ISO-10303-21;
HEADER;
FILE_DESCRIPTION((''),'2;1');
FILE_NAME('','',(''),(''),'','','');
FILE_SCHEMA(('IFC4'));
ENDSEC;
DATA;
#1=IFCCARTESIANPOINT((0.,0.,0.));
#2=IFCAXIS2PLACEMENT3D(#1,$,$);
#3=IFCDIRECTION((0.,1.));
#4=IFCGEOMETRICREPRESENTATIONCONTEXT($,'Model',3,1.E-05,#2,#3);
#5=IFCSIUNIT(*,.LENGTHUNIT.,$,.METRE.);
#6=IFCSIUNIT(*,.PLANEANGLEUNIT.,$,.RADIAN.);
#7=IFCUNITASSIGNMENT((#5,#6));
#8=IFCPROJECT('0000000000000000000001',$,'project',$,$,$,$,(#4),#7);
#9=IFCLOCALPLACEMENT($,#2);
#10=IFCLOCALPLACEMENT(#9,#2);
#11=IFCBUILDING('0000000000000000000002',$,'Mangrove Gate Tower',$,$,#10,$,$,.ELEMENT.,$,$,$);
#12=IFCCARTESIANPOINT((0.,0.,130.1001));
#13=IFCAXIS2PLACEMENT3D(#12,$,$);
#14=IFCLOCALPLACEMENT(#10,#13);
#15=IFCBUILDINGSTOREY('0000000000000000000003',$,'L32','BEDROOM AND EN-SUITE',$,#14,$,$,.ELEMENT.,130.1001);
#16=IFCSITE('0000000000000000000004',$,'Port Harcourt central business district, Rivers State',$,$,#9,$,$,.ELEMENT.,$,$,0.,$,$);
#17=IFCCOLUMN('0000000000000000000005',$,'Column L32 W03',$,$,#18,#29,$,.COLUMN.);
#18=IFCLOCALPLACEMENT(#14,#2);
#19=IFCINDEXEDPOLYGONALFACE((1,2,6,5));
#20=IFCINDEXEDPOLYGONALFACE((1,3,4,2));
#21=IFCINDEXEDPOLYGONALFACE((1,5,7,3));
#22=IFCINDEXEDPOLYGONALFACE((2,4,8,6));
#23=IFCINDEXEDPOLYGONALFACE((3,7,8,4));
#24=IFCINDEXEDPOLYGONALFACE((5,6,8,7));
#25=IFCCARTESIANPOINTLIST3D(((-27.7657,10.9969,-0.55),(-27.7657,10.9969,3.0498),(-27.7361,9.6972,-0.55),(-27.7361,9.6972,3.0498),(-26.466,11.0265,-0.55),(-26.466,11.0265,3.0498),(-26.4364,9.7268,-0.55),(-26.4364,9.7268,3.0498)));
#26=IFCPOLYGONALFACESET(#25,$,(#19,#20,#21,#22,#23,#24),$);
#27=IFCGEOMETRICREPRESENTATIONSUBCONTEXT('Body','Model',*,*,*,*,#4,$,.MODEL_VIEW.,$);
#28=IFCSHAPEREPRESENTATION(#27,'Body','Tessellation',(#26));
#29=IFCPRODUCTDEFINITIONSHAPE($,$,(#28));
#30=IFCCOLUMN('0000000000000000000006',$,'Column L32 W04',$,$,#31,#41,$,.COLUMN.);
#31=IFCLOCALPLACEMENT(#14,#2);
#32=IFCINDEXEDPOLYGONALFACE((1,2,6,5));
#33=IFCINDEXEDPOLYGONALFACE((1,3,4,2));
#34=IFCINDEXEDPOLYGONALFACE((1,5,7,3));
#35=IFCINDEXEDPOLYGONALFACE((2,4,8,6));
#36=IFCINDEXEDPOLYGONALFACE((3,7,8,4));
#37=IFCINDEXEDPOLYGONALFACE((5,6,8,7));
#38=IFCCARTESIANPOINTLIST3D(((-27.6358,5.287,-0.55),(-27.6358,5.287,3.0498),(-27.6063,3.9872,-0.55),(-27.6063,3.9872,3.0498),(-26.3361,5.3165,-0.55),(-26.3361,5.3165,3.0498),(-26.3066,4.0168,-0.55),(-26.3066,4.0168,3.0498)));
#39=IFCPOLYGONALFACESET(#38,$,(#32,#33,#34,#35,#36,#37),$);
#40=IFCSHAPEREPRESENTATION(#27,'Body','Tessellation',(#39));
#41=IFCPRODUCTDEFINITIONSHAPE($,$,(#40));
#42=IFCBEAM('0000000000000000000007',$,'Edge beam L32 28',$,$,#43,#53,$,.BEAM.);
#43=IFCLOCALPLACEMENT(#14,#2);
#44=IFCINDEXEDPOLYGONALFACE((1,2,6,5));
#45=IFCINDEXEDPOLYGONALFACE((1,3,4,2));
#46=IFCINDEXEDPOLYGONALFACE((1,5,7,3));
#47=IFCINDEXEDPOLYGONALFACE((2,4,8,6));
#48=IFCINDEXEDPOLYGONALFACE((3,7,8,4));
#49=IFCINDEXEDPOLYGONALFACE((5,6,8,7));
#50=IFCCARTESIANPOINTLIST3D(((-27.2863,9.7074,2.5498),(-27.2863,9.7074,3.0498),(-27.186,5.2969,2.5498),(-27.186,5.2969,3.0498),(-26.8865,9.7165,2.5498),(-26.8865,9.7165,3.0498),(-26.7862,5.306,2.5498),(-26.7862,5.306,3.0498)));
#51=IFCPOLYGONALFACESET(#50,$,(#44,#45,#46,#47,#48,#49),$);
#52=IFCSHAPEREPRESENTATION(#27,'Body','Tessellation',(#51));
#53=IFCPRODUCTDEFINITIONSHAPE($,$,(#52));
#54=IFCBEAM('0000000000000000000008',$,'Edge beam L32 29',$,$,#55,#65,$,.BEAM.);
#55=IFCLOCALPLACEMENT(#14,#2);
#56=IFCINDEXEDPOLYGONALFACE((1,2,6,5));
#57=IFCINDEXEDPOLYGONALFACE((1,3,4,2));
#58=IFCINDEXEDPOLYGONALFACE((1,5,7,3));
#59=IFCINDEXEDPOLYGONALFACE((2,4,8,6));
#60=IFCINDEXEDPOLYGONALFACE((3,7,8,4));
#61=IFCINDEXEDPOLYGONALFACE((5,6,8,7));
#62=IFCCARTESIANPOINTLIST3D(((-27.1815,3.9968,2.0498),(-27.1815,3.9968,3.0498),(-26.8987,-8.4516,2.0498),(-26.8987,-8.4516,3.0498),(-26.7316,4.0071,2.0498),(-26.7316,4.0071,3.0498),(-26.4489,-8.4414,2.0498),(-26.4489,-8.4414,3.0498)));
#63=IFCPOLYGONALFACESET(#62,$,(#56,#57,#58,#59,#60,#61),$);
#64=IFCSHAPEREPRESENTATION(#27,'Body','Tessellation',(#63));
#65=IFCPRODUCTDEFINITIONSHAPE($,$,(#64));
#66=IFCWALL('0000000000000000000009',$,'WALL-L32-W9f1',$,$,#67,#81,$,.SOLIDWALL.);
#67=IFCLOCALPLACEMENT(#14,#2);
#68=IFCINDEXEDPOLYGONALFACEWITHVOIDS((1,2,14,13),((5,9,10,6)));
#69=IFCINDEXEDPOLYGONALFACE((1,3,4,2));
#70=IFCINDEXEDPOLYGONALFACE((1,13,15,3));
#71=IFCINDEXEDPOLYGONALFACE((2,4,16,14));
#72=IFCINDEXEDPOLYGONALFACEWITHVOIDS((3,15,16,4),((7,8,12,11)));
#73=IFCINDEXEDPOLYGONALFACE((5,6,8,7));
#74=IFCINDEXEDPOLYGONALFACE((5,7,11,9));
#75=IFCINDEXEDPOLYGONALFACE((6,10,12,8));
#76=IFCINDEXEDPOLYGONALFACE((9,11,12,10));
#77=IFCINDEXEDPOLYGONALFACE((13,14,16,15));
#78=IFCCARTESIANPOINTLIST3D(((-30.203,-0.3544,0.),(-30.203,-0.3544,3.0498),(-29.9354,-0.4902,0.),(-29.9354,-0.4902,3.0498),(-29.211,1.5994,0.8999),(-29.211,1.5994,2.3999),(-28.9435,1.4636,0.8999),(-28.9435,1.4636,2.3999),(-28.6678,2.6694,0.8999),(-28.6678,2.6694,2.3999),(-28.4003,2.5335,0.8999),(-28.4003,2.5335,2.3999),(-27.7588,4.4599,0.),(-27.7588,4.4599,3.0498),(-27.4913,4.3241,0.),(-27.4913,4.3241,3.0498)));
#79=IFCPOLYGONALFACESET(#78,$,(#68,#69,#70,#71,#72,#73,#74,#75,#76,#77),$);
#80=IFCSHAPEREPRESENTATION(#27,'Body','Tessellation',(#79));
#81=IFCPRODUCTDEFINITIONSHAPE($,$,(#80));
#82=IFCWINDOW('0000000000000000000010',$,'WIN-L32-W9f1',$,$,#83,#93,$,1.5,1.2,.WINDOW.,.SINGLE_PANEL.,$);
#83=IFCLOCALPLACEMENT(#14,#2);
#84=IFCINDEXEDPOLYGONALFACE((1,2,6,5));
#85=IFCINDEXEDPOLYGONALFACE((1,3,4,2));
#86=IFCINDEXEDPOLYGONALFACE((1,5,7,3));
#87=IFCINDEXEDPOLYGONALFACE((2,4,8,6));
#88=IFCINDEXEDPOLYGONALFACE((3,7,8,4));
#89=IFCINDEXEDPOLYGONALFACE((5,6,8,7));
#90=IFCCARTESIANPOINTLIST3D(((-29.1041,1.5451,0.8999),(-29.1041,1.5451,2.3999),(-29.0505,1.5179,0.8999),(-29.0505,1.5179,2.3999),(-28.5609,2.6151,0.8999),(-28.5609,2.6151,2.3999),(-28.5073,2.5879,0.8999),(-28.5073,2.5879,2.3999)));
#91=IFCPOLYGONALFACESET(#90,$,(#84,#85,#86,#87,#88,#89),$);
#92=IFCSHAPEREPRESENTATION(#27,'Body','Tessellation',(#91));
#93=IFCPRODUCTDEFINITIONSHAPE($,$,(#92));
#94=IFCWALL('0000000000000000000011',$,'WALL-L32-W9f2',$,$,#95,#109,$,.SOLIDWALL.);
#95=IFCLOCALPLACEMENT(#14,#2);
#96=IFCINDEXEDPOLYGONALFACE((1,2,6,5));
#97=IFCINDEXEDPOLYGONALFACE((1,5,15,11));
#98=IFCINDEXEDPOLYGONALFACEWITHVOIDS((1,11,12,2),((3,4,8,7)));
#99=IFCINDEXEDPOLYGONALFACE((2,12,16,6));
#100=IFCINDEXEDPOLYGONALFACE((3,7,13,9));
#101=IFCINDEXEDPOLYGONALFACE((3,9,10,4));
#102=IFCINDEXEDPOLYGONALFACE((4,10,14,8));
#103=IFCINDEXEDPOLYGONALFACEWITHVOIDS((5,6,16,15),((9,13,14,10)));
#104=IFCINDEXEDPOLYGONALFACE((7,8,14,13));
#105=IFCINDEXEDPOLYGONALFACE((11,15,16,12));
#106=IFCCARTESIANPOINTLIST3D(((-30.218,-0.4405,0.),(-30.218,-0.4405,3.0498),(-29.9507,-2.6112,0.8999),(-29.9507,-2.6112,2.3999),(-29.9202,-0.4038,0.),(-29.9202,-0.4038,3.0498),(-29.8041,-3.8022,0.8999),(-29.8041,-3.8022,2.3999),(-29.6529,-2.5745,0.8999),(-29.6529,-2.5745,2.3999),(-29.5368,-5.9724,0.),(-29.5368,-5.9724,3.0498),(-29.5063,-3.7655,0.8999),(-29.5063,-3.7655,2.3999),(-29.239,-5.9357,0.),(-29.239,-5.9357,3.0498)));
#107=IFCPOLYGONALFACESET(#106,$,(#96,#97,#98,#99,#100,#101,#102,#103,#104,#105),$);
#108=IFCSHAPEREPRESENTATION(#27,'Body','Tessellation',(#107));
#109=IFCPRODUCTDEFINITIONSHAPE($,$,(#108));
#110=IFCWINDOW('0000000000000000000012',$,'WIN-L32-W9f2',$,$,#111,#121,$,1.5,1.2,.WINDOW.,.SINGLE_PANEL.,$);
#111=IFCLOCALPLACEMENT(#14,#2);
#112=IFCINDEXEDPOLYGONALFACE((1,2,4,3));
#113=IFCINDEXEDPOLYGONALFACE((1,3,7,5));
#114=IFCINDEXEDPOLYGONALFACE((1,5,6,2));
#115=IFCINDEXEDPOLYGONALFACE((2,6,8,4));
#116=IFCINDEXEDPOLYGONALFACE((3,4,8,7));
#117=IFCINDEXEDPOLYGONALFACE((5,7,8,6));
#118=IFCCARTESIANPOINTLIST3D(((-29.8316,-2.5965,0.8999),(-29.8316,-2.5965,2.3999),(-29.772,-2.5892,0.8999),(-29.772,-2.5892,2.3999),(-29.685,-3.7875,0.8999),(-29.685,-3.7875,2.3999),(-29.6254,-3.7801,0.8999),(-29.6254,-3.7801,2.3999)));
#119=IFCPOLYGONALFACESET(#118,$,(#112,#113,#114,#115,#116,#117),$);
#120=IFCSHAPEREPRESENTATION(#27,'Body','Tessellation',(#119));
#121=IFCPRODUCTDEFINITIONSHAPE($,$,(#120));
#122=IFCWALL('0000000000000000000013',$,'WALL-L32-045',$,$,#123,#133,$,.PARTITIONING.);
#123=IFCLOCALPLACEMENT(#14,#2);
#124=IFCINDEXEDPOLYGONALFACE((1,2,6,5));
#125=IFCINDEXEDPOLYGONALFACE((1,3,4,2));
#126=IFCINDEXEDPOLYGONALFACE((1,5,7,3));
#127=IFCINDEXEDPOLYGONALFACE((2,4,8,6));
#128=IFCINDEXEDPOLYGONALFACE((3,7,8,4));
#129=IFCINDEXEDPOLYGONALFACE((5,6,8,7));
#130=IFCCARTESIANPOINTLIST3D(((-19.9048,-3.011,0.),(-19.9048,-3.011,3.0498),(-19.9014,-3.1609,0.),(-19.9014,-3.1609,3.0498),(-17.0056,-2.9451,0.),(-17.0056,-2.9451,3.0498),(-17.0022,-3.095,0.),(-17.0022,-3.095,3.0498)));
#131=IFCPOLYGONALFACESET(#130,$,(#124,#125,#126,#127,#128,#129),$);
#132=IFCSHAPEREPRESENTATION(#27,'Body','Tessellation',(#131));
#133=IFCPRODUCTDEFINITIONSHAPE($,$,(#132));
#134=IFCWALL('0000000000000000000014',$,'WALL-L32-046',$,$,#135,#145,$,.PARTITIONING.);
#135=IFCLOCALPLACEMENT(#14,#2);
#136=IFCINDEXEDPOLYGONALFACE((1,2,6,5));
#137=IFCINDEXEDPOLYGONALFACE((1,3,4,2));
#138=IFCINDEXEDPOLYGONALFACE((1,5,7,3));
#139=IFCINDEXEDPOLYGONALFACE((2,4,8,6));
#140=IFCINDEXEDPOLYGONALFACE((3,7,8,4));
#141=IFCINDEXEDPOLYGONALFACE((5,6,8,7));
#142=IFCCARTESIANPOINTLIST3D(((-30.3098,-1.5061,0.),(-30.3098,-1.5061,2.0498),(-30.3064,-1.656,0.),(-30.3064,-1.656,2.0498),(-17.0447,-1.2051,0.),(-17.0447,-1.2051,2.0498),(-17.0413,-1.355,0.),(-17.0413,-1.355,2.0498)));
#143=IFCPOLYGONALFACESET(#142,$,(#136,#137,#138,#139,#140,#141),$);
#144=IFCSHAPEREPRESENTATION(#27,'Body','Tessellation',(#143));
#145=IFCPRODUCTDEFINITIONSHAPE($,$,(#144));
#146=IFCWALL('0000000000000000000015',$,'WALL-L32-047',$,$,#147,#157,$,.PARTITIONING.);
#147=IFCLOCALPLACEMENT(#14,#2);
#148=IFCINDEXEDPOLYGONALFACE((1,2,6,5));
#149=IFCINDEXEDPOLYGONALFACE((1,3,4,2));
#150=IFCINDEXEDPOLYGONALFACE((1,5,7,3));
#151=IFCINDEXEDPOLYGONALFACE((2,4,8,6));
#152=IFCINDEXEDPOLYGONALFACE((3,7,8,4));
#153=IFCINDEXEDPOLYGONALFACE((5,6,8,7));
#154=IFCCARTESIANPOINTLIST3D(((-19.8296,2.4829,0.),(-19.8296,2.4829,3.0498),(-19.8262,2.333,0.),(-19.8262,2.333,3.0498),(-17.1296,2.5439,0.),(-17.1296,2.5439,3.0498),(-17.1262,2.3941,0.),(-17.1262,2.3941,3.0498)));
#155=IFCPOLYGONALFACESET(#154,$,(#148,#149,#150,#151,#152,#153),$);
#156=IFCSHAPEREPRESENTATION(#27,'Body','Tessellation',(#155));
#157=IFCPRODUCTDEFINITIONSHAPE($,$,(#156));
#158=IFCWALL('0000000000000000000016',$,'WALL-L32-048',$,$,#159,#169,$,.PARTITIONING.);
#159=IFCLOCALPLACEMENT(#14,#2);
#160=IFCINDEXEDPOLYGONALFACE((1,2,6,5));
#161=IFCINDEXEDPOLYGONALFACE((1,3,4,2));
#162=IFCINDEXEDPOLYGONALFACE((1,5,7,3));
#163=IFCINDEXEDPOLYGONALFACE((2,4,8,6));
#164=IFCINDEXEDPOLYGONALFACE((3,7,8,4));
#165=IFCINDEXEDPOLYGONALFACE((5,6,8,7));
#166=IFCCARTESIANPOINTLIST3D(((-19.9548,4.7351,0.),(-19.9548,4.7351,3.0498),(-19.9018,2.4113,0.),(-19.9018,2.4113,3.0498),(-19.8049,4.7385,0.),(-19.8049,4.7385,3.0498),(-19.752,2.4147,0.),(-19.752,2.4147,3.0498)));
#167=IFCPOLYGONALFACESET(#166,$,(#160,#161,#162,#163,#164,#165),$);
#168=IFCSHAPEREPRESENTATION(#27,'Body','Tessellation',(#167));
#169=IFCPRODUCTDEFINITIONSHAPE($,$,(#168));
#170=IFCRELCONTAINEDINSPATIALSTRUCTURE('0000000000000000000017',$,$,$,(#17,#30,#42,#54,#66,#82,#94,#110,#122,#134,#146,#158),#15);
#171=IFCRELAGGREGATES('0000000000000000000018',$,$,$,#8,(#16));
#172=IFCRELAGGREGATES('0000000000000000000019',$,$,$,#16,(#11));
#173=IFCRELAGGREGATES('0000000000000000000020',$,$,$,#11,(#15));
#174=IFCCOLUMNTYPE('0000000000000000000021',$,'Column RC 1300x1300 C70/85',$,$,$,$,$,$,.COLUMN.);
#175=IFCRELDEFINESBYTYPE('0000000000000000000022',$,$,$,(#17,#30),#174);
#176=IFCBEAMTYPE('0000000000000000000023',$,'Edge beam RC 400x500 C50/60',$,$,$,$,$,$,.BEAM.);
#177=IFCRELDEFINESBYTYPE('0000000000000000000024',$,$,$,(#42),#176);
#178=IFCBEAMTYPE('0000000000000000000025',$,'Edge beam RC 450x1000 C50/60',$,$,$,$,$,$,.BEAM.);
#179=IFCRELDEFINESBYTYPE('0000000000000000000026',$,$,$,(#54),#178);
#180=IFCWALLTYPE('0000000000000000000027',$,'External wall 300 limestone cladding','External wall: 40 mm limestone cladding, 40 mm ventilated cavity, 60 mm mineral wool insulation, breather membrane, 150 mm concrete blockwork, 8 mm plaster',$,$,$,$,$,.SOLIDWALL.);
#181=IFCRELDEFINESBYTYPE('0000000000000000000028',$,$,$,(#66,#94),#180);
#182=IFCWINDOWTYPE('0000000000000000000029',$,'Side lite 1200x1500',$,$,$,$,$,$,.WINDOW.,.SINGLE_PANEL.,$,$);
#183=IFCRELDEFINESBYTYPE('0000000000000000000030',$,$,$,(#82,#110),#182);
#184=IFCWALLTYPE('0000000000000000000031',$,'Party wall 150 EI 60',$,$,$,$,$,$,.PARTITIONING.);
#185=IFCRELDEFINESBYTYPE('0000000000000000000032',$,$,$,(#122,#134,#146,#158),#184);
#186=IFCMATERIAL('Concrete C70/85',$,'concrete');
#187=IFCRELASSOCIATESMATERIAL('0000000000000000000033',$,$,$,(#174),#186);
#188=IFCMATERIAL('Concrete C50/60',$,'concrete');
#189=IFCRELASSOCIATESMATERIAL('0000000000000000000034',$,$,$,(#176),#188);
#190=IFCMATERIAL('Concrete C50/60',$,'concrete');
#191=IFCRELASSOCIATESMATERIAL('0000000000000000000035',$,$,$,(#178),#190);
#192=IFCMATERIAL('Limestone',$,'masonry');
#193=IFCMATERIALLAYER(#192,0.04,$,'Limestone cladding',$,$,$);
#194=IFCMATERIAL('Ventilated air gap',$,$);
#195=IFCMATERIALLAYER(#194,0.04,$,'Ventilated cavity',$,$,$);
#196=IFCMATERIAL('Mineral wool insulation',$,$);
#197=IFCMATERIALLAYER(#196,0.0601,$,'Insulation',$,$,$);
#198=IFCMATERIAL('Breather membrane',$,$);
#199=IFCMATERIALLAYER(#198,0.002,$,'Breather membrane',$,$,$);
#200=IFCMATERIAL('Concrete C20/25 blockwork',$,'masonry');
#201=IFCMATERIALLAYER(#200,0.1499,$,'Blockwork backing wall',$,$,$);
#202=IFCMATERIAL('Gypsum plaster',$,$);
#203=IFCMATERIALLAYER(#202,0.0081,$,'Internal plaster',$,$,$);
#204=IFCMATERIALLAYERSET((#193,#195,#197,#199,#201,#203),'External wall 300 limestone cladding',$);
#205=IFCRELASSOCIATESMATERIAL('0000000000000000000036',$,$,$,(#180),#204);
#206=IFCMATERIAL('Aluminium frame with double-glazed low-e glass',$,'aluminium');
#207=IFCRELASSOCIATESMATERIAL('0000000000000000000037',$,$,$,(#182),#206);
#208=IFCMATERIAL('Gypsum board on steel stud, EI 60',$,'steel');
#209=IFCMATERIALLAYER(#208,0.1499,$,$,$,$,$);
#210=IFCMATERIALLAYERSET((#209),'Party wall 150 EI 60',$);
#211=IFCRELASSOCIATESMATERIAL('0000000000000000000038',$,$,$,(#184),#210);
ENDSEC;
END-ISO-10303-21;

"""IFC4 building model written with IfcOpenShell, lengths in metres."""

from ifc_helpers import new_model, si_unit, direction, frame, frame_2d, origin, origin_2d, place, context, subcontext, project, spatial, rectangle, extrude, material, layer, layer_set, material_profile, profile_set, type_object, element, fill, save


model = new_model("IFC4")

# Units and contexts
model_context = context("Model", 3, precision=1e-05, world=origin(), true_north=direction((0.0, 1.0)))
body_context = subcontext(model_context, "Body", "Model", "MODEL_VIEW")
ifc_project = project(units=[si_unit("LENGTHUNIT", "METRE"), si_unit("PLANEANGLEUNIT", "RADIAN")], contexts=[model_context])

# Site, building, storey
site_placement = place(None, origin())
site = spatial("IfcSite", under=ifc_project, at=site_placement, Name="Port Harcourt central business district, Rivers State", CompositionType="ELEMENT", RefElevation=0.0)
building_placement = place(site_placement, origin())
building = spatial("IfcBuilding", under=site, at=building_placement, Name="Mangrove Gate Tower", CompositionType="ELEMENT")
storey_placement = place(building_placement, frame((0.0, 0.0, 130.1001)))
storey = spatial("IfcBuildingStorey", under=building, at=storey_placement, Name="L32", Description="BEDROOM AND EN-SUITE", CompositionType="ELEMENT", Elevation=130.1001)

# Columns
ifc_material_1 = material(Name="Concrete C70/85", Category="concrete")
ifc_material_profile_1 = material_profile(ifc_material_1, rectangle(XDim=1.3, YDim=1.3, at=origin_2d()))
ifc_profile_set_1 = profile_set([ifc_material_profile_1], Name="Concrete C70/85")
column_type = type_object("IfcColumnType", Name="Column RC 1300x1300 C70/85", PredefinedType="COLUMN", material=ifc_profile_set_1)
for number, where, z_axis, x_axis, name in (
    (1, (-27.1011, 10.3618, -0.55), (0.0, 0.0, 1.0), (0.022759, -0.999741, 0.0), "Column L32 W03"),
    (2, (-26.9712, 4.6519, -0.55), (0.0, 0.0, 1.0), (0.02271, -0.999742, 0.0), "Column L32 W04"),
):
    element("IfcColumn", number, at=place(storey_placement, frame(where, z_axis=z_axis, x_axis=x_axis)), inside=storey, type_object=column_type, Name=name, PredefinedType="COLUMN", context=body_context, shape_type="SweptSolid", body=[
        extrude(rectangle(XDim=1.3, YDim=1.3, at=origin_2d()), origin(), (0.0, 0.0, 1.0), 3.5999),
    ])

# Beams
ifc_material_2 = material(Name="Concrete C50/60", Category="concrete")
ifc_material_profile_2 = material_profile(ifc_material_2, rectangle(XDim=0.3999, YDim=0.5, at=origin_2d()))
ifc_profile_set_2 = profile_set([ifc_material_profile_2], Name="Concrete C50/60")
beam_type_1 = type_object("IfcBeamType", Name="Edge beam RC 400x500 C50/60", PredefinedType="BEAM", material=ifc_profile_set_2)
beam_1_placement = place(storey_placement, frame((-27.0864, 9.7119, 2.7998), z_axis=(0.022745, -0.999741, 0.0), x_axis=(0.999741, 0.022745, 0.0)))
element("IfcBeam", 3, at=beam_1_placement, inside=storey, type_object=beam_type_1, Name="Edge beam L32 28", PredefinedType="BEAM", context=body_context, shape_type="SweptSolid", body=[
    extrude(rectangle(XDim=0.3999, YDim=0.5, at=origin_2d()), origin(), (0.0, 0.0, 1.0), 4.4116),
])
ifc_material_3 = material(Name="Concrete C50/60", Category="concrete")
ifc_material_profile_3 = material_profile(ifc_material_3, rectangle(XDim=0.45, YDim=1.0, at=origin_2d()))
ifc_profile_set_3 = profile_set([ifc_material_profile_3], Name="Concrete C50/60")
beam_type_2 = type_object("IfcBeamType", Name="Edge beam RC 450x1000 C50/60", PredefinedType="BEAM", material=ifc_profile_set_3)
beam_2_placement = place(storey_placement, frame((-26.9565, 4.002, 2.5498), z_axis=(0.022705, -0.999742, 0.0), x_axis=(0.999742, 0.022705, 0.0)))
element("IfcBeam", 4, at=beam_2_placement, inside=storey, type_object=beam_type_2, Name="Edge beam L32 29", PredefinedType="BEAM", context=body_context, shape_type="SweptSolid", body=[
    extrude(rectangle(XDim=0.45, YDim=1.0, at=origin_2d()), origin(), (0.0, 0.0, 1.0), 12.4517),
])

# Walls, openings, windows
ifc_material_4 = material(Name="Limestone", Category="masonry")
ifc_layer_1 = layer(ifc_material_4, 0.04, Name="Limestone cladding")
ifc_material_5 = material(Name="Ventilated air gap")
ifc_layer_2 = layer(ifc_material_5, 0.04, Name="Ventilated cavity")
ifc_material_6 = material(Name="Mineral wool insulation")
ifc_layer_3 = layer(ifc_material_6, 0.0601, Name="Insulation")
ifc_material_7 = material(Name="Breather membrane")
ifc_layer_4 = layer(ifc_material_7, 0.002, Name="Breather membrane")
ifc_material_8 = material(Name="Concrete C20/25 blockwork", Category="masonry")
ifc_layer_5 = layer(ifc_material_8, 0.1499, Name="Blockwork backing wall")
ifc_material_9 = material(Name="Gypsum plaster")
ifc_layer_6 = layer(ifc_material_9, 0.0081, Name="Internal plaster")
ifc_layer_set_1 = layer_set([ifc_layer_1, ifc_layer_2, ifc_layer_3, ifc_layer_4, ifc_layer_5, ifc_layer_6], Name="External wall 300 limestone cladding")
wall_type_1 = type_object("IfcWallType", Name="External wall 300 limestone cladding", Description="External wall: 40 mm limestone cladding, 40 mm ventilated cavity, 60 mm mineral wool insulation, breather membrane, 150 mm concrete blockwork, 8 mm plaster", PredefinedType="SOLIDWALL", material=ifc_layer_set_1)
wall_1_placement = place(storey_placement, frame((-27.625, 4.3921, 0.0), z_axis=(0.0, 0.0, 1.0), x_axis=(-0.452686, -0.89167, 0.0)))
wall_1 = element("IfcWall", 5, at=wall_1_placement, inside=storey, type_object=wall_type_1, Name="WALL-L32-W9f1", PredefinedType="SOLIDWALL", context=body_context, shape_type="SweptSolid", body=[
    extrude(rectangle(XDim=5.3992, YDim=0.3, at=frame_2d((2.6997, 0.0))), origin(), (0.0, 0.0, 1.0), 3.0498),
])
opening_1_placement = place(wall_1_placement, frame((2.0081, 0.0, 0.8999)))
opening_1 = element("IfcOpeningElement", 6, at=opening_1_placement, cuts=wall_1, PredefinedType="OPENING", context=body_context, shape_type="SweptSolid", body=[
    extrude(rectangle(XDim=1.2, YDim=1.5, at=frame_2d((0.6001, 0.75))), frame((0.0, 0.1599, 0.0), z_axis=(0.0, -1.0, 0.0), x_axis=(1.0, 0.0, 0.0)), (0.0, 0.0, 1.0), 0.3201),
])
ifc_material_10 = material(Name="Aluminium frame with double-glazed low-e glass", Category="aluminium")
window_type = type_object("IfcWindowType", Name="Side lite 1200x1500", PartitioningType="SINGLE_PANEL", PredefinedType="WINDOW", material=ifc_material_10)
window_1_placement = place(opening_1_placement, origin())
window_1 = element("IfcWindow", 7, at=window_1_placement, inside=storey, type_object=window_type, Name="WIN-L32-W9f1", OverallHeight=1.5, OverallWidth=1.2, PartitioningType="SINGLE_PANEL", PredefinedType="WINDOW", context=body_context, shape_type="SweptSolid", body=[
    extrude(rectangle(XDim=1.2, YDim=1.5, at=frame_2d((0.6001, 0.75))), frame((0.0, 0.03, 0.0), z_axis=(0.0, -1.0, 0.0), x_axis=(1.0, 0.0, 0.0)), (0.0, 0.0, 1.0), 0.0601),
])
fill(opening_1, window_1)
wall_2_placement = place(storey_placement, frame((-30.0691, -0.4221, 0.0), z_axis=(0.0, 0.0, 1.0), x_axis=(0.122207, -0.992505, 0.0)))
wall_2 = element("IfcWall", 8, at=wall_2_placement, inside=storey, type_object=wall_type_1, Name="WALL-L32-W9f2", PredefinedType="SOLIDWALL", context=body_context, shape_type="SweptSolid", body=[
    extrude(rectangle(XDim=5.5737, YDim=0.3, at=frame_2d((2.7869, 0.0))), origin(), (0.0, 0.0, 1.0), 3.0498),
])
opening_2_placement = place(wall_2_placement, frame((2.187, 0.0, 0.8999)))
opening_2 = element("IfcOpeningElement", 9, at=opening_2_placement, cuts=wall_2, PredefinedType="OPENING", context=body_context, shape_type="SweptSolid", body=[
    extrude(rectangle(XDim=1.2, YDim=1.5, at=frame_2d((0.6001, 0.75))), frame((0.0, 0.1599, 0.0), z_axis=(0.0, -1.0, 0.0), x_axis=(1.0, 0.0, 0.0)), (0.0, 0.0, 1.0), 0.3201),
])
window_2_placement = place(opening_2_placement, origin())
window_2 = element("IfcWindow", 10, at=window_2_placement, inside=storey, type_object=window_type, Name="WIN-L32-W9f2", OverallHeight=1.5, OverallWidth=1.2, PartitioningType="SINGLE_PANEL", PredefinedType="WINDOW", context=body_context, shape_type="SweptSolid", body=[
    extrude(rectangle(XDim=1.2, YDim=1.5, at=frame_2d((0.6001, 0.75))), frame((0.0, 0.03, 0.0), z_axis=(0.0, -1.0, 0.0), x_axis=(1.0, 0.0, 0.0)), (0.0, 0.0, 1.0), 0.0601),
])
fill(opening_2, window_2)

# Walls
ifc_material_11 = material(Name="Gypsum board on steel stud, EI 60", Category="steel")
ifc_layer_7 = layer(ifc_material_11, 0.1499)
ifc_layer_set_2 = layer_set([ifc_layer_7], Name="Party wall 150 EI 60")
wall_type_2 = type_object("IfcWallType", Name="Party wall 150 EI 60", PredefinedType="PARTITIONING", material=ifc_layer_set_2)
wall_3_placement = place(storey_placement, frame((-19.9031, -3.0859, 0.0), z_axis=(0.0, 0.0, 1.0), x_axis=(0.999742, 0.022731, 0.0)))
element("IfcWall", 11, at=wall_3_placement, inside=storey, type_object=wall_type_2, Name="WALL-L32-045", PredefinedType="PARTITIONING", context=body_context, shape_type="SweptSolid", body=[
    extrude(rectangle(XDim=2.8999, YDim=0.1499, at=frame_2d((1.45, 0.0))), origin(), (0.0, 0.0, 1.0), 3.0498),
])
wall_4_placement = place(storey_placement, frame((-30.3081, -1.5811, 0.0), z_axis=(0.0, 0.0, 1.0), x_axis=(0.999743, 0.022687, 0.0)))
element("IfcWall", 12, at=wall_4_placement, inside=storey, type_object=wall_type_2, Name="WALL-L32-046", PredefinedType="PARTITIONING", context=body_context, shape_type="SweptSolid", body=[
    extrude(rectangle(XDim=13.2686, YDim=0.1499, at=frame_2d((6.6343, 0.0))), origin(), (0.0, 0.0, 1.0), 2.0498),
])
wall_5_placement = place(storey_placement, frame((-19.8279, 2.408, 0.0), z_axis=(0.0, 0.0, 1.0), x_axis=(0.999745, 0.0226, 0.0)))
element("IfcWall", 13, at=wall_5_placement, inside=storey, type_object=wall_type_2, Name="WALL-L32-047", PredefinedType="PARTITIONING", context=body_context, shape_type="SweptSolid", body=[
    extrude(rectangle(XDim=2.7007, YDim=0.1499, at=frame_2d((1.3503, 0.0))), origin(), (0.0, 0.0, 1.0), 3.0498),
])
wall_6_placement = place(storey_placement, frame((-19.8269, 2.4131, 0.0), z_axis=(0.0, 0.0, 1.0), x_axis=(-0.022791, 0.99974, 0.0)))
element("IfcWall", 14, at=wall_6_placement, inside=storey, type_object=wall_type_2, Name="WALL-L32-048", PredefinedType="PARTITIONING", context=body_context, shape_type="SweptSolid", body=[
    extrude(rectangle(XDim=2.3245, YDim=0.1499, at=frame_2d((1.1621, 0.0))), origin(), (0.0, 0.0, 1.0), 3.0498),
])

save(model, "model.ifc")
